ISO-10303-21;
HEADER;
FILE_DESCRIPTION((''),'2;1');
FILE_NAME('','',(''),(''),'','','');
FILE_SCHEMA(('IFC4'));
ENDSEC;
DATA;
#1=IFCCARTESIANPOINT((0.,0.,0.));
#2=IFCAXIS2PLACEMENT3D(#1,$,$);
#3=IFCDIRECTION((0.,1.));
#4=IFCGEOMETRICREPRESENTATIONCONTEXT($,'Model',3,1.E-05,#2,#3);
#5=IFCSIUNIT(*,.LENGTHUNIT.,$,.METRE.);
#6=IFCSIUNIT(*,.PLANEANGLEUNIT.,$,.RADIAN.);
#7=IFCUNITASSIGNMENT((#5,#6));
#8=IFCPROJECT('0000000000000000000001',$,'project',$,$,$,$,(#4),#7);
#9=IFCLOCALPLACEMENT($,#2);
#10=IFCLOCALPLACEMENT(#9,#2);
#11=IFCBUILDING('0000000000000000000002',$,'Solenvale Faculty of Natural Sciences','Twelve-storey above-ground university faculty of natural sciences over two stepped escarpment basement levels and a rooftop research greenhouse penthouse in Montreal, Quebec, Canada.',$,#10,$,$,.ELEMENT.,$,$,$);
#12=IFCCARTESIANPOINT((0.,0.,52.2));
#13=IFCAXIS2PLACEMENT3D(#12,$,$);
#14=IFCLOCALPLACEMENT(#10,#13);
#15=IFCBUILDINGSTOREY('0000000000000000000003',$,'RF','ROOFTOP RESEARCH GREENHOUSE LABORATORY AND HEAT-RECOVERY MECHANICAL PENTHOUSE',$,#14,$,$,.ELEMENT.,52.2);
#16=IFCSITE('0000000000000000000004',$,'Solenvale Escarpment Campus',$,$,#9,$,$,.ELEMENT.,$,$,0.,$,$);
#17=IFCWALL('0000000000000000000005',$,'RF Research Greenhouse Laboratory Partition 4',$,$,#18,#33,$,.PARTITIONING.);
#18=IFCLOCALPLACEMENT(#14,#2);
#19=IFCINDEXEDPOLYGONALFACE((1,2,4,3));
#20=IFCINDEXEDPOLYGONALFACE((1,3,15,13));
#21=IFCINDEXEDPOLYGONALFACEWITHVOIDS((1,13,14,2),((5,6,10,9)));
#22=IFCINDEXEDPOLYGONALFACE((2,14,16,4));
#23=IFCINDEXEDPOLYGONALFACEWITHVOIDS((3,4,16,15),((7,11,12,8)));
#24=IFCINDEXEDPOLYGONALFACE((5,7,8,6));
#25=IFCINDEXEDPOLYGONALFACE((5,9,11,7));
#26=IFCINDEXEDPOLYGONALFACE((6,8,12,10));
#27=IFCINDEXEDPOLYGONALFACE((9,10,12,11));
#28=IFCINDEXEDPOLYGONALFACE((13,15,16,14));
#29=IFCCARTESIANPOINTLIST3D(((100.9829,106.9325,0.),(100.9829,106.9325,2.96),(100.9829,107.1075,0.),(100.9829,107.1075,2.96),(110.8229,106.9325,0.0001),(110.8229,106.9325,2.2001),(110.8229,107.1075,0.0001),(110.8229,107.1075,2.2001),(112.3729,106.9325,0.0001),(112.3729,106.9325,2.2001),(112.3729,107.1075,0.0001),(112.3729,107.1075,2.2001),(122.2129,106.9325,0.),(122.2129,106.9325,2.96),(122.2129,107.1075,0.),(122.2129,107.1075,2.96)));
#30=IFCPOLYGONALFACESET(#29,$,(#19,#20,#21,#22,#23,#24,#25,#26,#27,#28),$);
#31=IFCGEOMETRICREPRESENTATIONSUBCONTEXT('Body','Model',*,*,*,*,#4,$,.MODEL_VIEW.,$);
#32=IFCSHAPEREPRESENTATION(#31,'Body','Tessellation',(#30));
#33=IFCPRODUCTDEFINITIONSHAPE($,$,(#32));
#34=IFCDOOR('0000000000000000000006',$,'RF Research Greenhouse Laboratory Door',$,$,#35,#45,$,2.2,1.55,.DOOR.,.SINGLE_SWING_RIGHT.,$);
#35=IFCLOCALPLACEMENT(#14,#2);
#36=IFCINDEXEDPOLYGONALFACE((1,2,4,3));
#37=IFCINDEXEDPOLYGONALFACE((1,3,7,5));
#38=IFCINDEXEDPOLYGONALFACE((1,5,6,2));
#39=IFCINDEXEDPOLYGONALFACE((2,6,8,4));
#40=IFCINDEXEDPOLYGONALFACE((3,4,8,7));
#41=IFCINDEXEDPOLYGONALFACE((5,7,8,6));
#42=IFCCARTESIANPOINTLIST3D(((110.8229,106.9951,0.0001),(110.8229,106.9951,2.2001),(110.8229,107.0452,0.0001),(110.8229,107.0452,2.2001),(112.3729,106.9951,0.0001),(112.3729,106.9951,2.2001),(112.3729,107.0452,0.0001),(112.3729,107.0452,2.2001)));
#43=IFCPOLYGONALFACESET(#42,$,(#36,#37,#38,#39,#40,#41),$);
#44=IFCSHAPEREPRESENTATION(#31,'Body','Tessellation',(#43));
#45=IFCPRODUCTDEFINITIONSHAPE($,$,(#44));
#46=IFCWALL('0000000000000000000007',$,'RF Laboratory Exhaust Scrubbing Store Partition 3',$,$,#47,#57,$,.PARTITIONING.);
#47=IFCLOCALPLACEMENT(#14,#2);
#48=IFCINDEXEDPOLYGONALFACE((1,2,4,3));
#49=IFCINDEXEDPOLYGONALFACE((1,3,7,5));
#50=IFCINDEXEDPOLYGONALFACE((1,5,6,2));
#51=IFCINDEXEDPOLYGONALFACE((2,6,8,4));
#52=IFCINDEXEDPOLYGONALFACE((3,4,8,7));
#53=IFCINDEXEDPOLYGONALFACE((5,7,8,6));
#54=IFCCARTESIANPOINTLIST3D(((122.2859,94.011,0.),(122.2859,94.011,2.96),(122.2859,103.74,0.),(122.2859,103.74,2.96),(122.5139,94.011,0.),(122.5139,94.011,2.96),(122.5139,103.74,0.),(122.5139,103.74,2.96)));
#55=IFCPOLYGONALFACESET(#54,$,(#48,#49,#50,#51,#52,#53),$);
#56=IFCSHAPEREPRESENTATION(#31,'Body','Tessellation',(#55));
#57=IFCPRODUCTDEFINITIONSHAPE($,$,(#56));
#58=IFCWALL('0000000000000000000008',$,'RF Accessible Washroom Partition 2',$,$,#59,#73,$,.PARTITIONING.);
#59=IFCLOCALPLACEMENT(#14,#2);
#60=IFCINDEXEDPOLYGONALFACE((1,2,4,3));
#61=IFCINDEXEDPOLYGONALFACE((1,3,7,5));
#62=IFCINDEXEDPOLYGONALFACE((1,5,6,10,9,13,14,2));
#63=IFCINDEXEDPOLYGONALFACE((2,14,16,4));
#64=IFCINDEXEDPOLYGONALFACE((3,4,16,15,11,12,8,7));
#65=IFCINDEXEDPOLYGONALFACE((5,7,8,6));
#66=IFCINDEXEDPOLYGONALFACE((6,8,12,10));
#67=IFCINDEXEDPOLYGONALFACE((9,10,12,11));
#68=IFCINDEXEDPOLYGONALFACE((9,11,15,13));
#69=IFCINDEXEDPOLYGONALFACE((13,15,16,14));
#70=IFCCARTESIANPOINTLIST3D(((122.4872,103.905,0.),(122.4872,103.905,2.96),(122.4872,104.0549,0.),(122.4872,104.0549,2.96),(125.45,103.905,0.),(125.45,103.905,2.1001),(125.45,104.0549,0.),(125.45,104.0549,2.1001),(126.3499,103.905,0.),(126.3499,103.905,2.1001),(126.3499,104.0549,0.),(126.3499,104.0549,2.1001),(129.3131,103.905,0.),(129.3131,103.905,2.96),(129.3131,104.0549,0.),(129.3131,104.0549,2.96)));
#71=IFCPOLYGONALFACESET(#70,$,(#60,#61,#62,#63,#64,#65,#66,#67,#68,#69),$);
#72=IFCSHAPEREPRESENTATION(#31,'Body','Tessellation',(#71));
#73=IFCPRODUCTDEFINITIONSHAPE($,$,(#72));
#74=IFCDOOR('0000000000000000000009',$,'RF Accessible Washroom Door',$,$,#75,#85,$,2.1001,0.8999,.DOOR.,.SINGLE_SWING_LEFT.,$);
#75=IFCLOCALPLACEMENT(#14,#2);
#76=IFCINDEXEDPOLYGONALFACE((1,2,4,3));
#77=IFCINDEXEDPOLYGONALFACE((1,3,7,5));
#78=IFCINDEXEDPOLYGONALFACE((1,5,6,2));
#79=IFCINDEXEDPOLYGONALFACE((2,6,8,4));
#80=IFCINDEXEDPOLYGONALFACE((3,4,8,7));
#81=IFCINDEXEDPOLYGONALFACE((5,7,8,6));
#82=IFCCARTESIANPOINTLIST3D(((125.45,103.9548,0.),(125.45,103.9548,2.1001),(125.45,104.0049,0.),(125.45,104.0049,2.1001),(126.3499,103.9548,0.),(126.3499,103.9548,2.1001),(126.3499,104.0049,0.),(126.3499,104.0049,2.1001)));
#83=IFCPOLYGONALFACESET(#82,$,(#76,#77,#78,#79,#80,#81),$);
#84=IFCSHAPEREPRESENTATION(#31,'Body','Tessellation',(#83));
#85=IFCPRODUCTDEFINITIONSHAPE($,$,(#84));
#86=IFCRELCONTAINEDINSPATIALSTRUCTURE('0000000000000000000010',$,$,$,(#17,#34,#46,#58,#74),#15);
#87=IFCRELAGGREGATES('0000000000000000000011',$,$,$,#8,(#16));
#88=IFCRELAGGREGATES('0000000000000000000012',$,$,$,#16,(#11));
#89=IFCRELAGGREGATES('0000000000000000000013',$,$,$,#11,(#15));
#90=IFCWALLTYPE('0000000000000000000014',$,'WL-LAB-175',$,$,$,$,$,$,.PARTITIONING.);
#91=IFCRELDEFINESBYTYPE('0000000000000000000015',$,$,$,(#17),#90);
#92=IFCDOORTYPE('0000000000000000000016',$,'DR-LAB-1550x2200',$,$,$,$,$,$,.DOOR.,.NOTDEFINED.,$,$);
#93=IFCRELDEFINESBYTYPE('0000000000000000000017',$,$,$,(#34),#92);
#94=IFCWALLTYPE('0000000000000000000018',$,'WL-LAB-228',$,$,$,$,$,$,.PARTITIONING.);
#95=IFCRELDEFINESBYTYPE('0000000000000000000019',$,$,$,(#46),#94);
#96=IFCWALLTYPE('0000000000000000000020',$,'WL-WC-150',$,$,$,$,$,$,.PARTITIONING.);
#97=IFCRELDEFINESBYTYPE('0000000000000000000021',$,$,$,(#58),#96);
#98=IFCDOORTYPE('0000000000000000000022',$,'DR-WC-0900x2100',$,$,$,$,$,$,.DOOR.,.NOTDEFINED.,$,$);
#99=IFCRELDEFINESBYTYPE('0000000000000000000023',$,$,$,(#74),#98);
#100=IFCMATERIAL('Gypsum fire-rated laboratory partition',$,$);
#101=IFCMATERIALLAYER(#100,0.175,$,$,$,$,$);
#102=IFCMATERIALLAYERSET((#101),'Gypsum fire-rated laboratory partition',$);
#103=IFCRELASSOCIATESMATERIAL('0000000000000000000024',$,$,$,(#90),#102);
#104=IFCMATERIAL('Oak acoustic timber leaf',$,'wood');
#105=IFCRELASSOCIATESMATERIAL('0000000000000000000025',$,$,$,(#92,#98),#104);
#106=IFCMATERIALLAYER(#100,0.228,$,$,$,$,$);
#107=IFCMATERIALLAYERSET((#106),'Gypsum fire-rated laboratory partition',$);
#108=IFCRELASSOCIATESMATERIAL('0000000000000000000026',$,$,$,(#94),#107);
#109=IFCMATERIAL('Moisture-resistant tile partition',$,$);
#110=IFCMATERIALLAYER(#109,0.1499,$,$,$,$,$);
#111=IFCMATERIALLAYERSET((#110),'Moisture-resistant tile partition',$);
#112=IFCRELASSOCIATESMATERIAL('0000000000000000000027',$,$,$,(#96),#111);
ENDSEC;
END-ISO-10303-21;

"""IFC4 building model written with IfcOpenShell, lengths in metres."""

from ifc_helpers import new_model, si_unit, direction, frame, frame_2d, origin, place, context, subcontext, project, spatial, rectangle, extrude, material, layer, layer_set, type_object, element, fill, save


model = new_model("IFC4")

# Units and contexts
model_context = context("Model", 3, precision=1e-05, world=origin(), true_north=direction((0.0, 1.0)))
body_context = subcontext(model_context, "Body", "Model", "MODEL_VIEW")
ifc_project = project(units=[si_unit("LENGTHUNIT", "METRE"), si_unit("PLANEANGLEUNIT", "RADIAN")], contexts=[model_context])

# Site, building, storey
site_placement = place(None, origin())
site = spatial("IfcSite", under=ifc_project, at=site_placement, Name="Solenvale Escarpment Campus", CompositionType="ELEMENT", RefElevation=0.0)
building_placement = place(site_placement, origin())
building = spatial("IfcBuilding", under=site, at=building_placement, Name="Solenvale Faculty of Natural Sciences", Description="Twelve-storey above-ground university faculty of natural sciences over two stepped escarpment basement levels and a rooftop research greenhouse penthouse in Montreal, Quebec, Canada.", CompositionType="ELEMENT")
storey_placement = place(building_placement, frame((0.0, 0.0, 52.2)))
storey = spatial("IfcBuildingStorey", under=building, at=storey_placement, Name="RF", Description="ROOFTOP RESEARCH GREENHOUSE LABORATORY AND HEAT-RECOVERY MECHANICAL PENTHOUSE", CompositionType="ELEMENT", Elevation=52.2)

# Shared definitions
ifc_material_1 = material(Name="Gypsum fire-rated laboratory partition")
ifc_layer_1 = layer(ifc_material_1, 0.175)
ifc_layer_set_1 = layer_set([ifc_layer_1], Name="Gypsum fire-rated laboratory partition")
wall_type_1 = type_object("IfcWallType", Name="WL-LAB-175", PredefinedType="PARTITIONING", material=ifc_layer_set_1)

# Wall, opening, door
wall_1_placement = place(storey_placement, frame((122.2129, 107.02, 0.0), z_axis=(0.0, 0.0, 1.0), x_axis=(-1.0, 0.0, 0.0)))
wall_1 = element("IfcWall", 1, at=wall_1_placement, inside=storey, type_object=wall_type_1, Name="RF Research Greenhouse Laboratory Partition 4", PredefinedType="PARTITIONING", context=body_context, shape_type="SweptSolid", body=[
    extrude(rectangle(XDim=21.23, YDim=0.175, at=frame_2d((10.615, 0.0))), origin(), (0.0, 0.0, 1.0), 2.96),
])
opening_1_placement = place(wall_1_placement, frame((9.8401, 0.0, 0.0)))
opening_1 = element("IfcOpeningElement", 2, at=opening_1_placement, cuts=wall_1, PredefinedType="OPENING", context=body_context, shape_type="SweptSolid", body=[
    extrude(rectangle(XDim=1.55, YDim=2.2, at=frame_2d((0.7749, 1.1001))), frame((0.0, 0.0974, 0.0), z_axis=(0.0, -1.0, 0.0), x_axis=(1.0, 0.0, 0.0)), (0.0, 0.0, 1.0), 0.1951),
])
ifc_material_2 = material(Name="Oak acoustic timber leaf", Category="wood")
door_type_1 = type_object("IfcDoorType", Name="DR-LAB-1550x2200", OperationType="NOTDEFINED", PredefinedType="DOOR", material=ifc_material_2)
door_1_placement = place(opening_1_placement, origin())
door_1 = element("IfcDoor", 3, at=door_1_placement, inside=storey, type_object=door_type_1, Name="RF Research Greenhouse Laboratory Door", OperationType="SINGLE_SWING_RIGHT", OverallHeight=2.2, OverallWidth=1.55, PredefinedType="DOOR", context=body_context, shape_type="SweptSolid", body=[
    extrude(rectangle(XDim=1.55, YDim=2.2, at=frame_2d((0.7749, 1.1001))), frame((0.0, 0.0249, 0.0), z_axis=(0.0, -1.0, 0.0), x_axis=(1.0, 0.0, 0.0)), (0.0, 0.0, 1.0), 0.05),
])
fill(opening_1, door_1)

# Wall
ifc_layer_2 = layer(ifc_material_1, 0.228)
ifc_layer_set_2 = layer_set([ifc_layer_2], Name="Gypsum fire-rated laboratory partition")
wall_type_2 = type_object("IfcWallType", Name="WL-LAB-228", PredefinedType="PARTITIONING", material=ifc_layer_set_2)
wall_2_placement = place(storey_placement, frame((122.3999, 103.74, 0.0), z_axis=(0.0, 0.0, 1.0), x_axis=(0.0, -1.0, 0.0)))
element("IfcWall", 4, at=wall_2_placement, inside=storey, type_object=wall_type_2, Name="RF Laboratory Exhaust Scrubbing Store Partition 3", PredefinedType="PARTITIONING", context=body_context, shape_type="SweptSolid", body=[
    extrude(rectangle(XDim=9.729, YDim=0.228, at=frame_2d((4.8645, 0.0))), origin(), (0.0, 0.0, 1.0), 2.96),
])

# Wall, opening, door
ifc_material_3 = material(Name="Moisture-resistant tile partition")
ifc_layer_3 = layer(ifc_material_3, 0.1499)
ifc_layer_set_3 = layer_set([ifc_layer_3], Name="Moisture-resistant tile partition")
wall_type_3 = type_object("IfcWallType", Name="WL-WC-150", PredefinedType="PARTITIONING", material=ifc_layer_set_3)
wall_3_placement = place(storey_placement, frame((122.4871, 103.98, 0.0), z_axis=(0.0, 0.0, 1.0), x_axis=(1.0, 0.0, 0.0)))
wall_3 = element("IfcWall", 5, at=wall_3_placement, inside=storey, type_object=wall_type_3, Name="RF Accessible Washroom Partition 2", PredefinedType="PARTITIONING", context=body_context, shape_type="SweptSolid", body=[
    extrude(rectangle(XDim=6.8259, YDim=0.1499, at=frame_2d((3.4131, 0.0))), origin(), (0.0, 0.0, 1.0), 2.96),
])
opening_2_placement = place(wall_3_placement, frame((2.9629, 0.0, 0.0)))
opening_2 = element("IfcOpeningElement", 6, at=opening_2_placement, cuts=wall_3, PredefinedType="OPENING", context=body_context, shape_type="SweptSolid", body=[
    extrude(rectangle(XDim=0.8999, YDim=2.1001, at=frame_2d((0.45, 1.05))), frame((0.0, 0.085, 0.0), z_axis=(0.0, -1.0, 0.0), x_axis=(1.0, 0.0, 0.0)), (0.0, 0.0, 1.0), 0.1699),
])
door_type_2 = type_object("IfcDoorType", Name="DR-WC-0900x2100", OperationType="NOTDEFINED", PredefinedType="DOOR", material=ifc_material_2)
door_2_placement = place(opening_2_placement, origin())
door_2 = element("IfcDoor", 7, at=door_2_placement, inside=storey, type_object=door_type_2, Name="RF Accessible Washroom Door", OperationType="SINGLE_SWING_LEFT", OverallHeight=2.1001, OverallWidth=0.8999, PredefinedType="DOOR", context=body_context, shape_type="SweptSolid", body=[
    extrude(rectangle(XDim=0.8999, YDim=2.1001, at=frame_2d((0.45, 1.05))), frame((0.0, 0.0249, 0.0), z_axis=(0.0, -1.0, 0.0), x_axis=(1.0, 0.0, 0.0)), (0.0, 0.0, 1.0), 0.05),
])
fill(opening_2, door_2)

save(model, "model.ifc")
